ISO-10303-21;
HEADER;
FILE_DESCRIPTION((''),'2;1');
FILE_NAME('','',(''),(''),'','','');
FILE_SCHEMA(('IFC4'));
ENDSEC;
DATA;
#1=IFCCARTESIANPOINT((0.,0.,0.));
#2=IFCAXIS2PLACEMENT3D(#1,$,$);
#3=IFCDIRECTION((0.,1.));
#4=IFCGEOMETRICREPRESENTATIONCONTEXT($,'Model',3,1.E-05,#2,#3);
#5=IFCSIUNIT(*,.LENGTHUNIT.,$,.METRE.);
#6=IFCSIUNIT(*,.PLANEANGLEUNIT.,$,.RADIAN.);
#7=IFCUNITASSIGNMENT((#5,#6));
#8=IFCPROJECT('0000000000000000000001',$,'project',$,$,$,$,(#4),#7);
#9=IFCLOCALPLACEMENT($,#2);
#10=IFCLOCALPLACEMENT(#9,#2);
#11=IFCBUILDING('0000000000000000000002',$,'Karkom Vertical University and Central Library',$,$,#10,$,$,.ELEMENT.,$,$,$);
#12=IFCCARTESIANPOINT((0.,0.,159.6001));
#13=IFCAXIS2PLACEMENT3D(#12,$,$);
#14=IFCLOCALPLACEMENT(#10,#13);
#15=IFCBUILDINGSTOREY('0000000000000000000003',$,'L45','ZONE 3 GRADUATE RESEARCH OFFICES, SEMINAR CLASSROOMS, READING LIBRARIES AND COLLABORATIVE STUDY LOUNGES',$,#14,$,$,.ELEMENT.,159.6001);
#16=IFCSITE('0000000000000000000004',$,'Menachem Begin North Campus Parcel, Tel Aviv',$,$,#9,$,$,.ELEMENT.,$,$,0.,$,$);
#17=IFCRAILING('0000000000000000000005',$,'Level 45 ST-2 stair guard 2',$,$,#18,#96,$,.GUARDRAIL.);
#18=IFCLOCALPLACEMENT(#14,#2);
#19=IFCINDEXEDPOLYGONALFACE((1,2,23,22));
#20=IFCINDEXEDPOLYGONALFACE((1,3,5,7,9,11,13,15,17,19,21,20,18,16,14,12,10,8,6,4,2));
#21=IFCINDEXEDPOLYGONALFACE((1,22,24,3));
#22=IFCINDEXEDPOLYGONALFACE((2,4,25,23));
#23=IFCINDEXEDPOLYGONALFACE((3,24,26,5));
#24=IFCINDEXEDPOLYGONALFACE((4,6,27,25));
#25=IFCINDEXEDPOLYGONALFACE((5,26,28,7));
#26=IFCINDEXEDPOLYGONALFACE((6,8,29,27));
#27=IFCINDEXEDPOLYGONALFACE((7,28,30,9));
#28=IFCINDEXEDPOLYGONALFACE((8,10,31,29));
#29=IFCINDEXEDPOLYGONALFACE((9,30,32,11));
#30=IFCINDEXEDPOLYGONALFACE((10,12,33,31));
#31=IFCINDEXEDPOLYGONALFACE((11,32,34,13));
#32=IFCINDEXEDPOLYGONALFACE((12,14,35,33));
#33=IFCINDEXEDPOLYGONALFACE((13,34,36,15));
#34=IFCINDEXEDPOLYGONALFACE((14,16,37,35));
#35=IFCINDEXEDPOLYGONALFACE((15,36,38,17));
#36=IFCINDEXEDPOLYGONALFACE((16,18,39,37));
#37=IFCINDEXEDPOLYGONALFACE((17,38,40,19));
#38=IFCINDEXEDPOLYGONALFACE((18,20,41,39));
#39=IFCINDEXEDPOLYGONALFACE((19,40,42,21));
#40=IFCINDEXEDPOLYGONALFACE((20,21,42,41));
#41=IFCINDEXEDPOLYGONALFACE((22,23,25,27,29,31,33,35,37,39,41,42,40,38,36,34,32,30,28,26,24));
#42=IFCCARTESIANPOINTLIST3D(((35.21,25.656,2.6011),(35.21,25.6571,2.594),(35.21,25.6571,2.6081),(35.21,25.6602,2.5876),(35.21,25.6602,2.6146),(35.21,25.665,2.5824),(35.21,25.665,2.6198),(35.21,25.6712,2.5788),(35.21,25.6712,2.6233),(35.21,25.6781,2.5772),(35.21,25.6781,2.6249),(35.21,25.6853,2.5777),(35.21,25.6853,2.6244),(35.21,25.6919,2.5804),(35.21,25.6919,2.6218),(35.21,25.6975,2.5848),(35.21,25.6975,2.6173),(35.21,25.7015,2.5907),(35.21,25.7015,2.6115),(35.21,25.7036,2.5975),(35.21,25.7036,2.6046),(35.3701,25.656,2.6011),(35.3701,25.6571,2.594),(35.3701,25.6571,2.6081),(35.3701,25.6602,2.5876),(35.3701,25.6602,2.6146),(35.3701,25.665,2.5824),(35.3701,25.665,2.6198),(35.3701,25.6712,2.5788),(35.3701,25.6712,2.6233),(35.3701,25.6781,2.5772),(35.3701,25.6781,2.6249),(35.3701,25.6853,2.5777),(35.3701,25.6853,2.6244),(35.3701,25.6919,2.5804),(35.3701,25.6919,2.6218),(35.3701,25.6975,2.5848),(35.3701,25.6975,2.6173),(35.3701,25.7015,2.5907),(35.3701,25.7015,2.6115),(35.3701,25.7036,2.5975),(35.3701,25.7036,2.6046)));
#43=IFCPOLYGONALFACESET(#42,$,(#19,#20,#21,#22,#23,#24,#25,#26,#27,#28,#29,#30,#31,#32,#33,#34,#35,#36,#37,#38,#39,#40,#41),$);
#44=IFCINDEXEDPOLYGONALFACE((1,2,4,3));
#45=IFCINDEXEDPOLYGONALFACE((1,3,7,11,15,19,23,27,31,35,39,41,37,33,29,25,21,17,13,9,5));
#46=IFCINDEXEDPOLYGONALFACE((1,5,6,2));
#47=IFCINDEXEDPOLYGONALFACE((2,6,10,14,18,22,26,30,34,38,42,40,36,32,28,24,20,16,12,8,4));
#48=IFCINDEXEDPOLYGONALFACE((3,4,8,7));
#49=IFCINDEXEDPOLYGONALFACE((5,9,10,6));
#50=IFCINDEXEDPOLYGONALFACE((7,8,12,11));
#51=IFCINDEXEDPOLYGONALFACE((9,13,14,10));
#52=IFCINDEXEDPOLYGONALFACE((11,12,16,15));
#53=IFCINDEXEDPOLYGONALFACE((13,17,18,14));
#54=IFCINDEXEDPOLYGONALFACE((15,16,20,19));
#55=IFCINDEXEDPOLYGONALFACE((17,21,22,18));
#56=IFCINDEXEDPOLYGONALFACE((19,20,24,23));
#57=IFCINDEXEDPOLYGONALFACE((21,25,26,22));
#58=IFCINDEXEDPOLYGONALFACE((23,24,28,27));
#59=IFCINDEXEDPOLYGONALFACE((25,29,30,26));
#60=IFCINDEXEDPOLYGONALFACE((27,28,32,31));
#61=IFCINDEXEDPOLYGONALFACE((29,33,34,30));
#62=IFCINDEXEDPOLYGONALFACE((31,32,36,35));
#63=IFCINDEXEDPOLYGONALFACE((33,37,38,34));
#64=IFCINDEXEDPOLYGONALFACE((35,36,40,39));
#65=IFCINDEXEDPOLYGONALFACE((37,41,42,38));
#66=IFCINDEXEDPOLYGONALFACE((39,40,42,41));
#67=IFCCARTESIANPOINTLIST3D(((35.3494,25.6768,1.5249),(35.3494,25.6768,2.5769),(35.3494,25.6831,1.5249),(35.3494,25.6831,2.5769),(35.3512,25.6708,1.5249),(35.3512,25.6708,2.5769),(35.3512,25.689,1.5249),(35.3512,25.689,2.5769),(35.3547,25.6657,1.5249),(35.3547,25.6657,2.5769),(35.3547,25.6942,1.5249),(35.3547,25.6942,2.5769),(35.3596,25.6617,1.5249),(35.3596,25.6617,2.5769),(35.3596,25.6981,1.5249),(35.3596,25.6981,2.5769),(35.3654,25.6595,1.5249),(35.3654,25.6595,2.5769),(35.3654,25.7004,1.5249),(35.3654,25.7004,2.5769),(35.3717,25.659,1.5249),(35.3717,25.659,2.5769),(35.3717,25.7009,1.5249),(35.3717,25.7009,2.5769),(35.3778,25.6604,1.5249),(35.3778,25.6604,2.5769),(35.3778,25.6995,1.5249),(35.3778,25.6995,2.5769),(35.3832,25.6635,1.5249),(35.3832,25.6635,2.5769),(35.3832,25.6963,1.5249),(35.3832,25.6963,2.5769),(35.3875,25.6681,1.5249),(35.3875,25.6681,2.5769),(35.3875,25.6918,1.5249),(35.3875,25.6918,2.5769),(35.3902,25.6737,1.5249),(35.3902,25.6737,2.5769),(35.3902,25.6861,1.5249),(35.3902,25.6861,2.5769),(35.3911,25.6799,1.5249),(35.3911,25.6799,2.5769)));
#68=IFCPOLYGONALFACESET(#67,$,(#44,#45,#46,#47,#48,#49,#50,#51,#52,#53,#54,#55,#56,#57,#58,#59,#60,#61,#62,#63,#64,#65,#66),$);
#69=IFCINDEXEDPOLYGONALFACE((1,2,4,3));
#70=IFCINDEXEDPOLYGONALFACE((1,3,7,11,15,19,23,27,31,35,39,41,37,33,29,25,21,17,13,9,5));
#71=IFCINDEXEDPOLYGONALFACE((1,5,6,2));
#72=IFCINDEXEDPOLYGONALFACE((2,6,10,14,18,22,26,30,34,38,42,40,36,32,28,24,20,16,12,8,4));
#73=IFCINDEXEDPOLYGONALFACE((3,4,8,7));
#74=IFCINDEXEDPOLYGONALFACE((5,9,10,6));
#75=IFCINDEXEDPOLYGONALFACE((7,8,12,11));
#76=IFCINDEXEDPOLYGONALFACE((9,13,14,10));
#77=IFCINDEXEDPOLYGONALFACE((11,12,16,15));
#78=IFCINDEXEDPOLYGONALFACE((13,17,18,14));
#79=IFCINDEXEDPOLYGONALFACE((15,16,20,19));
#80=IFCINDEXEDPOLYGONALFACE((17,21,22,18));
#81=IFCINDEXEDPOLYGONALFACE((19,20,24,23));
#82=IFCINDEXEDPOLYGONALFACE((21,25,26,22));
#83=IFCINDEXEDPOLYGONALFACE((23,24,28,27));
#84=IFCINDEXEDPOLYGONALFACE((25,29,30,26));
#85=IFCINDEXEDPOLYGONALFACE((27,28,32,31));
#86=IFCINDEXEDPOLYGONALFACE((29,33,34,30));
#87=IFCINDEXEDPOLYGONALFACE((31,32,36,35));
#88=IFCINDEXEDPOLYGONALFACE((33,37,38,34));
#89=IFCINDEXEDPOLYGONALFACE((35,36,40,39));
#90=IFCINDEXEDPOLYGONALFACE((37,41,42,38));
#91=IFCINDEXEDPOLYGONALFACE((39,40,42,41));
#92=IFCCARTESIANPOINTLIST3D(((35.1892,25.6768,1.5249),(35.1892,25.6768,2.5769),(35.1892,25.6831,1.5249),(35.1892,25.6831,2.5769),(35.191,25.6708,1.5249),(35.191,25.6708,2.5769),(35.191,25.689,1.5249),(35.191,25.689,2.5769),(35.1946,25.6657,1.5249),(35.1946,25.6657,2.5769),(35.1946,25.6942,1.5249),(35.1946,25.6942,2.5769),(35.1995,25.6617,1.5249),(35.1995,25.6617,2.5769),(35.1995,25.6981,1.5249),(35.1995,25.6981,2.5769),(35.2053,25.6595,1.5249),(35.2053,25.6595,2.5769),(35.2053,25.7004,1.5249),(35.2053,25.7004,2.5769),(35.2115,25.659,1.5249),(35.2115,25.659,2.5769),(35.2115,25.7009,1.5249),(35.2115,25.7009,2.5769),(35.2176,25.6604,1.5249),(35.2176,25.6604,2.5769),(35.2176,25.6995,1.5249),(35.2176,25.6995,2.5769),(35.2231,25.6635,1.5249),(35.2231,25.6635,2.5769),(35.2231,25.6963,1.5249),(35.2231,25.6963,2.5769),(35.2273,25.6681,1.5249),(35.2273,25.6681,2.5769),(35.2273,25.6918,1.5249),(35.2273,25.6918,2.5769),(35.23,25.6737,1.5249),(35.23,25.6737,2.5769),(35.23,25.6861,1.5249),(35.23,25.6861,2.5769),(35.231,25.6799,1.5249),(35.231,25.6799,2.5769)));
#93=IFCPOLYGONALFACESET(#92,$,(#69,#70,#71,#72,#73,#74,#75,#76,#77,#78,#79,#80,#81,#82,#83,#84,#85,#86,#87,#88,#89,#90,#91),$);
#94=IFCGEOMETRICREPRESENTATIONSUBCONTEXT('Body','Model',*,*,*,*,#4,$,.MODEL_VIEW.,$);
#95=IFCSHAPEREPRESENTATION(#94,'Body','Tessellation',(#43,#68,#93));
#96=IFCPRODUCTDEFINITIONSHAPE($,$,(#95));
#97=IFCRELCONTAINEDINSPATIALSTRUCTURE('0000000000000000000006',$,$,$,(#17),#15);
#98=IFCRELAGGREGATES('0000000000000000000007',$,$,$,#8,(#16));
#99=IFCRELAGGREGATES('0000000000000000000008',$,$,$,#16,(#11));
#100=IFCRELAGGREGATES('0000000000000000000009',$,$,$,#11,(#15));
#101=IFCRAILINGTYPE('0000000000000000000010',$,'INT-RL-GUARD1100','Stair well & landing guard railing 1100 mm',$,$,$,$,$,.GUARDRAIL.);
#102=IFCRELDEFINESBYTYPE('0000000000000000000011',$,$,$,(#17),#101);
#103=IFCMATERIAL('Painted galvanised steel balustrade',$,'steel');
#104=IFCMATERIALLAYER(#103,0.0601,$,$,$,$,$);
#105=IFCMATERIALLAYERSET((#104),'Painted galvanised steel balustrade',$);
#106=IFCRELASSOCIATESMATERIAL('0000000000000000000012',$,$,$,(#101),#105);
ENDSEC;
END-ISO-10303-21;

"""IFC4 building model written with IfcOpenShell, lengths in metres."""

from ifc_helpers import new_model, si_unit, direction, frame, origin, origin_2d, place, context, subcontext, project, spatial, circle, extrude, material, layer, layer_set, type_object, element, save


model = new_model("IFC4")

# Units and contexts
model_context = context("Model", 3, precision=1e-05, world=origin(), true_north=direction((0.0, 1.0)))
body_context = subcontext(model_context, "Body", "Model", "MODEL_VIEW")
ifc_project = project(units=[si_unit("LENGTHUNIT", "METRE"), si_unit("PLANEANGLEUNIT", "RADIAN")], contexts=[model_context])

# Site, building, storey
site_placement = place(None, origin())
site = spatial("IfcSite", under=ifc_project, at=site_placement, Name="Menachem Begin North Campus Parcel, Tel Aviv", CompositionType="ELEMENT", RefElevation=0.0)
building_placement = place(site_placement, origin())
building = spatial("IfcBuilding", under=site, at=building_placement, Name="Karkom Vertical University and Central Library", CompositionType="ELEMENT")
storey_placement = place(building_placement, frame((0.0, 0.0, 159.6001)))
storey = spatial("IfcBuildingStorey", under=building, at=storey_placement, Name="L45", Description="ZONE 3 GRADUATE RESEARCH OFFICES, SEMINAR CLASSROOMS, READING LIBRARIES AND COLLABORATIVE STUDY LOUNGES", CompositionType="ELEMENT", Elevation=159.6001)

# Railing
ifc_material_1 = material(Name="Painted galvanised steel balustrade", Category="steel")
ifc_layer_1 = layer(ifc_material_1, 0.0601)
ifc_layer_set_1 = layer_set([ifc_layer_1], Name="Painted galvanised steel balustrade")
railing_type_1 = type_object("IfcRailingType", Name="INT-RL-GUARD1100", Description="Stair well & landing guard railing 1100 mm", PredefinedType="GUARDRAIL", material=ifc_layer_set_1)
railing_1_placement = place(storey_placement, frame((35.3701, 25.6799, 1.5249)))
element("IfcRailing", 1, at=railing_1_placement, inside=storey, type_object=railing_type_1, Name="Level 45 ST-2 stair guard 2", PredefinedType="GUARDRAIL", context=body_context, shape_type="SweptSolid", body=[
    extrude(circle(Radius=0.0239, at=origin_2d()), frame((0.0, 0.0, 1.0762), z_axis=(-1.0, 0.0, 0.0), x_axis=(0.0, -1.0, 0.0)), (0.0, 0.0, 1.0), 0.1602),
    extrude(circle(Radius=0.021, at=origin_2d()), origin(), (0.0, 0.0, 1.0), 1.052),
    extrude(circle(Radius=0.021, at=origin_2d()), frame((-0.1602, 0.0, 0.0)), (0.0, 0.0, 1.0), 1.052),
])

save(model, "model.ifc")
